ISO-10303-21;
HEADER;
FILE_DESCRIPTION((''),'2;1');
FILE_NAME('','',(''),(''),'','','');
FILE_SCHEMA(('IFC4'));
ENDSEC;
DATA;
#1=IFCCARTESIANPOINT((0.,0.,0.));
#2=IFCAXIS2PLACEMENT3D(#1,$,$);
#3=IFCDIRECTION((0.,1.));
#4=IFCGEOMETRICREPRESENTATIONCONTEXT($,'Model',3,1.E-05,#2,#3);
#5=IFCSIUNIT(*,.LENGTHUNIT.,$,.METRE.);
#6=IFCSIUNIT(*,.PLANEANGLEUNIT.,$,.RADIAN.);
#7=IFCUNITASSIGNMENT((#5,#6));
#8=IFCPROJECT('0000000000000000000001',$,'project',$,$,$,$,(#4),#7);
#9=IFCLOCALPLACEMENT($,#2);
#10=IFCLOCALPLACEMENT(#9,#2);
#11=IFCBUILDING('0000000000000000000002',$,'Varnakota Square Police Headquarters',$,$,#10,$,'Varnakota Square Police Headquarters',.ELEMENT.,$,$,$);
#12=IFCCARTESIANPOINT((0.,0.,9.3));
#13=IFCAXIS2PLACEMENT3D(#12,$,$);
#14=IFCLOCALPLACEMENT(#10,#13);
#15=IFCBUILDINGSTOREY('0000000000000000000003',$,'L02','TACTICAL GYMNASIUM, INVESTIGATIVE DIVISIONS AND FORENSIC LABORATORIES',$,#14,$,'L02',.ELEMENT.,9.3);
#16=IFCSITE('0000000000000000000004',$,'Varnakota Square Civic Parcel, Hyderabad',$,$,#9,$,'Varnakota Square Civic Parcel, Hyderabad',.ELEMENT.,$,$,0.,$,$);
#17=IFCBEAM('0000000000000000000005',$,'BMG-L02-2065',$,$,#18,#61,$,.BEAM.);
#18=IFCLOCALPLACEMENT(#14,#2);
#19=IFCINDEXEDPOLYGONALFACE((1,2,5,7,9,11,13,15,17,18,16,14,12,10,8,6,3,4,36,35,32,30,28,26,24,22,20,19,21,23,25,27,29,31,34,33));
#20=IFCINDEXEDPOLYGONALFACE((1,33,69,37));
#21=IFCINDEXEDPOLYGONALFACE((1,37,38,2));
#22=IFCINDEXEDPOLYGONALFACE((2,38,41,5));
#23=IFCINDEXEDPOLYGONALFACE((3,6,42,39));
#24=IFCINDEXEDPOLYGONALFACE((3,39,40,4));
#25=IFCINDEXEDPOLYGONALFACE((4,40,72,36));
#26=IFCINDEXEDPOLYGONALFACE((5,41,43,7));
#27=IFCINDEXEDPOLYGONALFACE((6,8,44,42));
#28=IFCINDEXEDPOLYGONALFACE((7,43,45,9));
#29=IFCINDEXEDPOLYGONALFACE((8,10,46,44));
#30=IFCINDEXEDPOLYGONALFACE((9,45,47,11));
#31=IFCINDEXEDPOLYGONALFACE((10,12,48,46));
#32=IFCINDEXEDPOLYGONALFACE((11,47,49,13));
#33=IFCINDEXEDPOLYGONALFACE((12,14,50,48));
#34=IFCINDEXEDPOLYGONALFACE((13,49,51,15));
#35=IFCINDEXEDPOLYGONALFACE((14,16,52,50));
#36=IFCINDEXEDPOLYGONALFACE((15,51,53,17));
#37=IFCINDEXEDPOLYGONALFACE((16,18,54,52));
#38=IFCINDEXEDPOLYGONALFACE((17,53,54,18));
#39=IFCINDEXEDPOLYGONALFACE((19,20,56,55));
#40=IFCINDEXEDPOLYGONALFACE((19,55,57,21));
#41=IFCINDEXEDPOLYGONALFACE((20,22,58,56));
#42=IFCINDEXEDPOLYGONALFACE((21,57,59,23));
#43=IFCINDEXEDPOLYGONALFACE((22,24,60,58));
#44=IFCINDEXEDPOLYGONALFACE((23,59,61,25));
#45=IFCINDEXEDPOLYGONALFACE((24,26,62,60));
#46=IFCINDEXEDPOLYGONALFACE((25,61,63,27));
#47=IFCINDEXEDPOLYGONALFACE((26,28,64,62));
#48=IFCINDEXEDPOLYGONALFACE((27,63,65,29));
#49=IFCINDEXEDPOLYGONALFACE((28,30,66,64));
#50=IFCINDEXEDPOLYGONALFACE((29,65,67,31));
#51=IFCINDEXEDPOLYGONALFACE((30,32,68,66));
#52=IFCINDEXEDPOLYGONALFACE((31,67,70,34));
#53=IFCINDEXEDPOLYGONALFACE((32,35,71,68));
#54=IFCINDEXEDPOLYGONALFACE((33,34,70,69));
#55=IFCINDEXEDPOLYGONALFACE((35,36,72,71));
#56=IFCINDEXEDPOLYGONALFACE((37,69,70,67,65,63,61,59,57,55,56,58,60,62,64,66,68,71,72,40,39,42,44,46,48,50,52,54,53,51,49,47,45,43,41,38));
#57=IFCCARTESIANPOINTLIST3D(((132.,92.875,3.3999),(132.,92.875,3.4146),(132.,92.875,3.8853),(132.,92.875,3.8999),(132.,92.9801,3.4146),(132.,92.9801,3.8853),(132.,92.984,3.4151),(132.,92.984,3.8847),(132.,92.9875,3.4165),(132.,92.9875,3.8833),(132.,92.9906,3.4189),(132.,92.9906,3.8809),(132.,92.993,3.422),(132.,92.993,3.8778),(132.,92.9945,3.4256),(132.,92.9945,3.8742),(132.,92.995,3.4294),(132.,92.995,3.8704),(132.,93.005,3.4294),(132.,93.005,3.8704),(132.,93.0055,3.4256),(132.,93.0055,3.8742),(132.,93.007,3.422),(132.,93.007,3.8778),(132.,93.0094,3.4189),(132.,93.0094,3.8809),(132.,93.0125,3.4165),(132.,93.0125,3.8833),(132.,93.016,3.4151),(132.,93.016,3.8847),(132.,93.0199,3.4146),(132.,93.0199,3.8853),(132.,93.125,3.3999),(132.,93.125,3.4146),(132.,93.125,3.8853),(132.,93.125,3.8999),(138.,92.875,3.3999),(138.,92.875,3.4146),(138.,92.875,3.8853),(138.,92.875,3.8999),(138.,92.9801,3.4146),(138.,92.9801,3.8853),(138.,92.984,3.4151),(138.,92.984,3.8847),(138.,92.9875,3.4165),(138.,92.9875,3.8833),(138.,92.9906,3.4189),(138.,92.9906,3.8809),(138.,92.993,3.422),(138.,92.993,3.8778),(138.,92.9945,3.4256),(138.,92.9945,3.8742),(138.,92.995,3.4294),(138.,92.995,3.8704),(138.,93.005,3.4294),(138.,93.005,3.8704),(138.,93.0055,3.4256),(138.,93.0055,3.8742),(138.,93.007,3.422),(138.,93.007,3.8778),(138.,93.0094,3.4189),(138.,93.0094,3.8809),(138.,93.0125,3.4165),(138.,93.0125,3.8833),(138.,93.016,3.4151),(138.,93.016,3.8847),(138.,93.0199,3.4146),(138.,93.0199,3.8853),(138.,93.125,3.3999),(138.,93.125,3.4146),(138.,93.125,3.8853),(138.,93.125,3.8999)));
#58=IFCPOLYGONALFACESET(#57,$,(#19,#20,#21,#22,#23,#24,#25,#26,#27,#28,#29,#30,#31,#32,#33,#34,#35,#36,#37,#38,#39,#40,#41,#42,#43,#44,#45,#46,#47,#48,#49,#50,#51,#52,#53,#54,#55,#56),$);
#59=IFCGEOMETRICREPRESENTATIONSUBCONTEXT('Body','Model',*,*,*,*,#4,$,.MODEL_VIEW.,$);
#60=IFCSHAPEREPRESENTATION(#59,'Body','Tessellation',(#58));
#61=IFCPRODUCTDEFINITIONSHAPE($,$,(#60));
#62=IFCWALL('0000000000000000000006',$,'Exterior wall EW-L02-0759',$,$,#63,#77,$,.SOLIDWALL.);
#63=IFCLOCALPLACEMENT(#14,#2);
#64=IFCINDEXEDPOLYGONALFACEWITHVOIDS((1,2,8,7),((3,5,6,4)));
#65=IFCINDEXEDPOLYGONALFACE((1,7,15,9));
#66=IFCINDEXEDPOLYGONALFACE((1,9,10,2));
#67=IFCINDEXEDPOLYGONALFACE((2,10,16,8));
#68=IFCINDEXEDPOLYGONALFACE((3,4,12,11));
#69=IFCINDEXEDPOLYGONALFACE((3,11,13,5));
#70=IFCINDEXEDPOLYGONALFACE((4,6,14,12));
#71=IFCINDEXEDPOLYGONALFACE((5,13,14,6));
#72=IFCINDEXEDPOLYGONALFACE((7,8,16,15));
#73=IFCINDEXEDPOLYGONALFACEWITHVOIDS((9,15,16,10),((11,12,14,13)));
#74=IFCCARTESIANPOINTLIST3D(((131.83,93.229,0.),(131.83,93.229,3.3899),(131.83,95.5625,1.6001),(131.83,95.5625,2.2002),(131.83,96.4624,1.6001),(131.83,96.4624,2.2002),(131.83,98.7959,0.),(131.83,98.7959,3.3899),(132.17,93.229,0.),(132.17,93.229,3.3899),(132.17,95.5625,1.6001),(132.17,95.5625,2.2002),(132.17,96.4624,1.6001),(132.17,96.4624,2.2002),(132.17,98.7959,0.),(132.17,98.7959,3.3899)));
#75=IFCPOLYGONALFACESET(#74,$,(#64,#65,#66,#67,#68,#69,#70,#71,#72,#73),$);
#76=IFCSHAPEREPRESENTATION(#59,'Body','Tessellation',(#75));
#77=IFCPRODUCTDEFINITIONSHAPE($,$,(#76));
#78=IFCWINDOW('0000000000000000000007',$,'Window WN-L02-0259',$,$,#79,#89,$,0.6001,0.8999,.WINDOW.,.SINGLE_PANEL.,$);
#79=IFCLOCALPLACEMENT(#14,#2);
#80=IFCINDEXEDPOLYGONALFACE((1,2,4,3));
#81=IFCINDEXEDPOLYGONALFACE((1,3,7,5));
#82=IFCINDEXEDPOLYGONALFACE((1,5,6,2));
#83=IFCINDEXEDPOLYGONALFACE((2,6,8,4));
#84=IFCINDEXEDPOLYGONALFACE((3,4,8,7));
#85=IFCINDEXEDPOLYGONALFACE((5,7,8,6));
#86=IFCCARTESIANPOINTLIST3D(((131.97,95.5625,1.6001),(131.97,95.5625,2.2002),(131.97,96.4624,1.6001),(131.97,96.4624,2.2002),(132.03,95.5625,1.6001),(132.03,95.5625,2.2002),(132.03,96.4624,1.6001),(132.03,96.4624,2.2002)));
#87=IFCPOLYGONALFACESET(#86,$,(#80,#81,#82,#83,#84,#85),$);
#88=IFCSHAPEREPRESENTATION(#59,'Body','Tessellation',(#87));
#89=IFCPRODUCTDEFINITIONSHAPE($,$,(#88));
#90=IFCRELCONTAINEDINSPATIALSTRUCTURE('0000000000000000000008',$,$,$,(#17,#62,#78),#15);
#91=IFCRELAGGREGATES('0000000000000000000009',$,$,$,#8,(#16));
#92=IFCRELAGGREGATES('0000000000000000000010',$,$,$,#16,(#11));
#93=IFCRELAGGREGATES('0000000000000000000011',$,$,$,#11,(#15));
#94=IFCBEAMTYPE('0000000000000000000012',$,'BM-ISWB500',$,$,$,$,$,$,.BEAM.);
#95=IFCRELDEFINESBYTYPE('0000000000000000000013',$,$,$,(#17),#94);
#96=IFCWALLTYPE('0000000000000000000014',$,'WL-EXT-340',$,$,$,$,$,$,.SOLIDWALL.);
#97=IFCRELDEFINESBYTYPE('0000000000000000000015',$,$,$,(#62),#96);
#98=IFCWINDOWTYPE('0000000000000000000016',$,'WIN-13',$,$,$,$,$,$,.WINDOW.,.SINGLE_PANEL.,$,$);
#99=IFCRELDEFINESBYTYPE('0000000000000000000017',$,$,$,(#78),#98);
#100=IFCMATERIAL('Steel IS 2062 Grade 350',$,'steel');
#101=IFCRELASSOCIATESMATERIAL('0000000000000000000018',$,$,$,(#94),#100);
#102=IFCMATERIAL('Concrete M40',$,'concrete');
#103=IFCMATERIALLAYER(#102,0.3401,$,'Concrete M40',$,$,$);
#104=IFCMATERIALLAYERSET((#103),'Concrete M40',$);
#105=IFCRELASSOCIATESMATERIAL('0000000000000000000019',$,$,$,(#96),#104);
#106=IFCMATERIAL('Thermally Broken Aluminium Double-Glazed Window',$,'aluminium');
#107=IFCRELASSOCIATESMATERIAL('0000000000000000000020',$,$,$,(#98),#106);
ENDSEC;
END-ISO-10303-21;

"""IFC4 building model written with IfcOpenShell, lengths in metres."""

from ifc_helpers import new_model, si_unit, direction, frame, frame_2d, origin, origin_2d, place, context, subcontext, project, spatial, rectangle, i_section, extrude, material, layer, layer_set, material_profile, profile_set, type_object, element, fill, save


model = new_model("IFC4")

# Units and contexts
model_context = context("Model", 3, precision=1e-05, world=origin(), true_north=direction((0.0, 1.0)))
body_context = subcontext(model_context, "Body", "Model", "MODEL_VIEW")
ifc_project = project(units=[si_unit("LENGTHUNIT", "METRE"), si_unit("PLANEANGLEUNIT", "RADIAN")], contexts=[model_context])

# Site, building, storey
site_placement = place(None, origin())
site = spatial("IfcSite", under=ifc_project, at=site_placement, Name="Varnakota Square Civic Parcel, Hyderabad", LongName="Varnakota Square Civic Parcel, Hyderabad", CompositionType="ELEMENT", RefElevation=0.0)
building_placement = place(site_placement, origin())
building = spatial("IfcBuilding", under=site, at=building_placement, Name="Varnakota Square Police Headquarters", LongName="Varnakota Square Police Headquarters", CompositionType="ELEMENT")
storey_placement = place(building_placement, frame((0.0, 0.0, 9.3)))
storey = spatial("IfcBuildingStorey", under=building, at=storey_placement, Name="L02", Description="TACTICAL GYMNASIUM, INVESTIGATIVE DIVISIONS AND FORENSIC LABORATORIES", LongName="L02", CompositionType="ELEMENT", Elevation=9.3)

# Shared definitions
ifc_material_1 = material(Name="Steel IS 2062 Grade 350", Category="steel")

# Beam
ifc_material_profile_1 = material_profile(ifc_material_1, i_section(OverallWidth=0.25, OverallDepth=0.5, WebThickness=0.01, FlangeThickness=0.0146, FilletRadius=0.0149, at=origin_2d()), Name="ISWB 500")
ifc_profile_set_1 = profile_set([ifc_material_profile_1], Name="Steel IS 2062 Grade 350")
beam_type_1 = type_object("IfcBeamType", Name="BM-ISWB500", PredefinedType="BEAM", material=ifc_profile_set_1)
beam_1_placement = place(storey_placement, frame((132.0, 93.0, 3.6499), z_axis=(1.0, 0.0, 0.0), x_axis=(0.0, 1.0, 0.0)))
element("IfcBeam", 1, at=beam_1_placement, inside=storey, type_object=beam_type_1, Name="BMG-L02-2065", PredefinedType="BEAM", context=body_context, shape_type="SweptSolid", body=[
    extrude(i_section(OverallWidth=0.25, OverallDepth=0.5, WebThickness=0.01, FlangeThickness=0.0146, FilletRadius=0.0149, at=origin_2d()), origin(), (0.0, 0.0, 1.0), 6.0),
])

# Wall, opening, window
ifc_material_2 = material(Name="Concrete M40", Category="concrete")
ifc_layer = layer(ifc_material_2, 0.3401, Name="Concrete M40")
ifc_layer_set = layer_set([ifc_layer], Name="Concrete M40")
wall_type = type_object("IfcWallType", Name="WL-EXT-340", PredefinedType="SOLIDWALL", material=ifc_layer_set)
wall_placement = place(storey_placement, frame((132.0, 93.229, 0.0), z_axis=(0.0, 0.0, 1.0), x_axis=(0.0, 1.0, 0.0)))
wall = element("IfcWall", 2, at=wall_placement, inside=storey, type_object=wall_type, Name="Exterior wall EW-L02-0759", PredefinedType="SOLIDWALL", context=body_context, shape_type="SweptSolid", body=[
    extrude(rectangle(XDim=5.5669, YDim=0.3401, at=frame_2d((2.7834, 0.0))), origin(), (0.0, 0.0, 1.0), 3.3899),
])
opening_placement = place(wall_placement, frame((2.3335, 0.0, 1.6001)))
opening = element("IfcOpeningElement", 3, at=opening_placement, cuts=wall, PredefinedType="OPENING", context=body_context, shape_type="SweptSolid", body=[
    extrude(rectangle(XDim=0.8999, YDim=0.6001, at=frame_2d((0.45, 0.3))), frame((0.0, 0.1799, 0.0), z_axis=(0.0, -1.0, 0.0), x_axis=(1.0, 0.0, 0.0)), (0.0, 0.0, 1.0), 0.3601),
])
ifc_material_3 = material(Name="Thermally Broken Aluminium Double-Glazed Window", Category="aluminium")
window_type = type_object("IfcWindowType", Name="WIN-13", PartitioningType="SINGLE_PANEL", PredefinedType="WINDOW", material=ifc_material_3)
window_placement = place(opening_placement, origin())
window = element("IfcWindow", 4, at=window_placement, inside=storey, type_object=window_type, Name="Window WN-L02-0259", OverallHeight=0.6001, OverallWidth=0.8999, PartitioningType="SINGLE_PANEL", PredefinedType="WINDOW", context=body_context, shape_type="SweptSolid", body=[
    extrude(rectangle(XDim=0.8999, YDim=0.6001, at=frame_2d((0.45, 0.3))), frame((0.0, 0.03, 0.0), z_axis=(0.0, -1.0, 0.0), x_axis=(1.0, 0.0, 0.0)), (0.0, 0.0, 1.0), 0.0601),
])
fill(opening, window)

save(model, "model.ifc")
